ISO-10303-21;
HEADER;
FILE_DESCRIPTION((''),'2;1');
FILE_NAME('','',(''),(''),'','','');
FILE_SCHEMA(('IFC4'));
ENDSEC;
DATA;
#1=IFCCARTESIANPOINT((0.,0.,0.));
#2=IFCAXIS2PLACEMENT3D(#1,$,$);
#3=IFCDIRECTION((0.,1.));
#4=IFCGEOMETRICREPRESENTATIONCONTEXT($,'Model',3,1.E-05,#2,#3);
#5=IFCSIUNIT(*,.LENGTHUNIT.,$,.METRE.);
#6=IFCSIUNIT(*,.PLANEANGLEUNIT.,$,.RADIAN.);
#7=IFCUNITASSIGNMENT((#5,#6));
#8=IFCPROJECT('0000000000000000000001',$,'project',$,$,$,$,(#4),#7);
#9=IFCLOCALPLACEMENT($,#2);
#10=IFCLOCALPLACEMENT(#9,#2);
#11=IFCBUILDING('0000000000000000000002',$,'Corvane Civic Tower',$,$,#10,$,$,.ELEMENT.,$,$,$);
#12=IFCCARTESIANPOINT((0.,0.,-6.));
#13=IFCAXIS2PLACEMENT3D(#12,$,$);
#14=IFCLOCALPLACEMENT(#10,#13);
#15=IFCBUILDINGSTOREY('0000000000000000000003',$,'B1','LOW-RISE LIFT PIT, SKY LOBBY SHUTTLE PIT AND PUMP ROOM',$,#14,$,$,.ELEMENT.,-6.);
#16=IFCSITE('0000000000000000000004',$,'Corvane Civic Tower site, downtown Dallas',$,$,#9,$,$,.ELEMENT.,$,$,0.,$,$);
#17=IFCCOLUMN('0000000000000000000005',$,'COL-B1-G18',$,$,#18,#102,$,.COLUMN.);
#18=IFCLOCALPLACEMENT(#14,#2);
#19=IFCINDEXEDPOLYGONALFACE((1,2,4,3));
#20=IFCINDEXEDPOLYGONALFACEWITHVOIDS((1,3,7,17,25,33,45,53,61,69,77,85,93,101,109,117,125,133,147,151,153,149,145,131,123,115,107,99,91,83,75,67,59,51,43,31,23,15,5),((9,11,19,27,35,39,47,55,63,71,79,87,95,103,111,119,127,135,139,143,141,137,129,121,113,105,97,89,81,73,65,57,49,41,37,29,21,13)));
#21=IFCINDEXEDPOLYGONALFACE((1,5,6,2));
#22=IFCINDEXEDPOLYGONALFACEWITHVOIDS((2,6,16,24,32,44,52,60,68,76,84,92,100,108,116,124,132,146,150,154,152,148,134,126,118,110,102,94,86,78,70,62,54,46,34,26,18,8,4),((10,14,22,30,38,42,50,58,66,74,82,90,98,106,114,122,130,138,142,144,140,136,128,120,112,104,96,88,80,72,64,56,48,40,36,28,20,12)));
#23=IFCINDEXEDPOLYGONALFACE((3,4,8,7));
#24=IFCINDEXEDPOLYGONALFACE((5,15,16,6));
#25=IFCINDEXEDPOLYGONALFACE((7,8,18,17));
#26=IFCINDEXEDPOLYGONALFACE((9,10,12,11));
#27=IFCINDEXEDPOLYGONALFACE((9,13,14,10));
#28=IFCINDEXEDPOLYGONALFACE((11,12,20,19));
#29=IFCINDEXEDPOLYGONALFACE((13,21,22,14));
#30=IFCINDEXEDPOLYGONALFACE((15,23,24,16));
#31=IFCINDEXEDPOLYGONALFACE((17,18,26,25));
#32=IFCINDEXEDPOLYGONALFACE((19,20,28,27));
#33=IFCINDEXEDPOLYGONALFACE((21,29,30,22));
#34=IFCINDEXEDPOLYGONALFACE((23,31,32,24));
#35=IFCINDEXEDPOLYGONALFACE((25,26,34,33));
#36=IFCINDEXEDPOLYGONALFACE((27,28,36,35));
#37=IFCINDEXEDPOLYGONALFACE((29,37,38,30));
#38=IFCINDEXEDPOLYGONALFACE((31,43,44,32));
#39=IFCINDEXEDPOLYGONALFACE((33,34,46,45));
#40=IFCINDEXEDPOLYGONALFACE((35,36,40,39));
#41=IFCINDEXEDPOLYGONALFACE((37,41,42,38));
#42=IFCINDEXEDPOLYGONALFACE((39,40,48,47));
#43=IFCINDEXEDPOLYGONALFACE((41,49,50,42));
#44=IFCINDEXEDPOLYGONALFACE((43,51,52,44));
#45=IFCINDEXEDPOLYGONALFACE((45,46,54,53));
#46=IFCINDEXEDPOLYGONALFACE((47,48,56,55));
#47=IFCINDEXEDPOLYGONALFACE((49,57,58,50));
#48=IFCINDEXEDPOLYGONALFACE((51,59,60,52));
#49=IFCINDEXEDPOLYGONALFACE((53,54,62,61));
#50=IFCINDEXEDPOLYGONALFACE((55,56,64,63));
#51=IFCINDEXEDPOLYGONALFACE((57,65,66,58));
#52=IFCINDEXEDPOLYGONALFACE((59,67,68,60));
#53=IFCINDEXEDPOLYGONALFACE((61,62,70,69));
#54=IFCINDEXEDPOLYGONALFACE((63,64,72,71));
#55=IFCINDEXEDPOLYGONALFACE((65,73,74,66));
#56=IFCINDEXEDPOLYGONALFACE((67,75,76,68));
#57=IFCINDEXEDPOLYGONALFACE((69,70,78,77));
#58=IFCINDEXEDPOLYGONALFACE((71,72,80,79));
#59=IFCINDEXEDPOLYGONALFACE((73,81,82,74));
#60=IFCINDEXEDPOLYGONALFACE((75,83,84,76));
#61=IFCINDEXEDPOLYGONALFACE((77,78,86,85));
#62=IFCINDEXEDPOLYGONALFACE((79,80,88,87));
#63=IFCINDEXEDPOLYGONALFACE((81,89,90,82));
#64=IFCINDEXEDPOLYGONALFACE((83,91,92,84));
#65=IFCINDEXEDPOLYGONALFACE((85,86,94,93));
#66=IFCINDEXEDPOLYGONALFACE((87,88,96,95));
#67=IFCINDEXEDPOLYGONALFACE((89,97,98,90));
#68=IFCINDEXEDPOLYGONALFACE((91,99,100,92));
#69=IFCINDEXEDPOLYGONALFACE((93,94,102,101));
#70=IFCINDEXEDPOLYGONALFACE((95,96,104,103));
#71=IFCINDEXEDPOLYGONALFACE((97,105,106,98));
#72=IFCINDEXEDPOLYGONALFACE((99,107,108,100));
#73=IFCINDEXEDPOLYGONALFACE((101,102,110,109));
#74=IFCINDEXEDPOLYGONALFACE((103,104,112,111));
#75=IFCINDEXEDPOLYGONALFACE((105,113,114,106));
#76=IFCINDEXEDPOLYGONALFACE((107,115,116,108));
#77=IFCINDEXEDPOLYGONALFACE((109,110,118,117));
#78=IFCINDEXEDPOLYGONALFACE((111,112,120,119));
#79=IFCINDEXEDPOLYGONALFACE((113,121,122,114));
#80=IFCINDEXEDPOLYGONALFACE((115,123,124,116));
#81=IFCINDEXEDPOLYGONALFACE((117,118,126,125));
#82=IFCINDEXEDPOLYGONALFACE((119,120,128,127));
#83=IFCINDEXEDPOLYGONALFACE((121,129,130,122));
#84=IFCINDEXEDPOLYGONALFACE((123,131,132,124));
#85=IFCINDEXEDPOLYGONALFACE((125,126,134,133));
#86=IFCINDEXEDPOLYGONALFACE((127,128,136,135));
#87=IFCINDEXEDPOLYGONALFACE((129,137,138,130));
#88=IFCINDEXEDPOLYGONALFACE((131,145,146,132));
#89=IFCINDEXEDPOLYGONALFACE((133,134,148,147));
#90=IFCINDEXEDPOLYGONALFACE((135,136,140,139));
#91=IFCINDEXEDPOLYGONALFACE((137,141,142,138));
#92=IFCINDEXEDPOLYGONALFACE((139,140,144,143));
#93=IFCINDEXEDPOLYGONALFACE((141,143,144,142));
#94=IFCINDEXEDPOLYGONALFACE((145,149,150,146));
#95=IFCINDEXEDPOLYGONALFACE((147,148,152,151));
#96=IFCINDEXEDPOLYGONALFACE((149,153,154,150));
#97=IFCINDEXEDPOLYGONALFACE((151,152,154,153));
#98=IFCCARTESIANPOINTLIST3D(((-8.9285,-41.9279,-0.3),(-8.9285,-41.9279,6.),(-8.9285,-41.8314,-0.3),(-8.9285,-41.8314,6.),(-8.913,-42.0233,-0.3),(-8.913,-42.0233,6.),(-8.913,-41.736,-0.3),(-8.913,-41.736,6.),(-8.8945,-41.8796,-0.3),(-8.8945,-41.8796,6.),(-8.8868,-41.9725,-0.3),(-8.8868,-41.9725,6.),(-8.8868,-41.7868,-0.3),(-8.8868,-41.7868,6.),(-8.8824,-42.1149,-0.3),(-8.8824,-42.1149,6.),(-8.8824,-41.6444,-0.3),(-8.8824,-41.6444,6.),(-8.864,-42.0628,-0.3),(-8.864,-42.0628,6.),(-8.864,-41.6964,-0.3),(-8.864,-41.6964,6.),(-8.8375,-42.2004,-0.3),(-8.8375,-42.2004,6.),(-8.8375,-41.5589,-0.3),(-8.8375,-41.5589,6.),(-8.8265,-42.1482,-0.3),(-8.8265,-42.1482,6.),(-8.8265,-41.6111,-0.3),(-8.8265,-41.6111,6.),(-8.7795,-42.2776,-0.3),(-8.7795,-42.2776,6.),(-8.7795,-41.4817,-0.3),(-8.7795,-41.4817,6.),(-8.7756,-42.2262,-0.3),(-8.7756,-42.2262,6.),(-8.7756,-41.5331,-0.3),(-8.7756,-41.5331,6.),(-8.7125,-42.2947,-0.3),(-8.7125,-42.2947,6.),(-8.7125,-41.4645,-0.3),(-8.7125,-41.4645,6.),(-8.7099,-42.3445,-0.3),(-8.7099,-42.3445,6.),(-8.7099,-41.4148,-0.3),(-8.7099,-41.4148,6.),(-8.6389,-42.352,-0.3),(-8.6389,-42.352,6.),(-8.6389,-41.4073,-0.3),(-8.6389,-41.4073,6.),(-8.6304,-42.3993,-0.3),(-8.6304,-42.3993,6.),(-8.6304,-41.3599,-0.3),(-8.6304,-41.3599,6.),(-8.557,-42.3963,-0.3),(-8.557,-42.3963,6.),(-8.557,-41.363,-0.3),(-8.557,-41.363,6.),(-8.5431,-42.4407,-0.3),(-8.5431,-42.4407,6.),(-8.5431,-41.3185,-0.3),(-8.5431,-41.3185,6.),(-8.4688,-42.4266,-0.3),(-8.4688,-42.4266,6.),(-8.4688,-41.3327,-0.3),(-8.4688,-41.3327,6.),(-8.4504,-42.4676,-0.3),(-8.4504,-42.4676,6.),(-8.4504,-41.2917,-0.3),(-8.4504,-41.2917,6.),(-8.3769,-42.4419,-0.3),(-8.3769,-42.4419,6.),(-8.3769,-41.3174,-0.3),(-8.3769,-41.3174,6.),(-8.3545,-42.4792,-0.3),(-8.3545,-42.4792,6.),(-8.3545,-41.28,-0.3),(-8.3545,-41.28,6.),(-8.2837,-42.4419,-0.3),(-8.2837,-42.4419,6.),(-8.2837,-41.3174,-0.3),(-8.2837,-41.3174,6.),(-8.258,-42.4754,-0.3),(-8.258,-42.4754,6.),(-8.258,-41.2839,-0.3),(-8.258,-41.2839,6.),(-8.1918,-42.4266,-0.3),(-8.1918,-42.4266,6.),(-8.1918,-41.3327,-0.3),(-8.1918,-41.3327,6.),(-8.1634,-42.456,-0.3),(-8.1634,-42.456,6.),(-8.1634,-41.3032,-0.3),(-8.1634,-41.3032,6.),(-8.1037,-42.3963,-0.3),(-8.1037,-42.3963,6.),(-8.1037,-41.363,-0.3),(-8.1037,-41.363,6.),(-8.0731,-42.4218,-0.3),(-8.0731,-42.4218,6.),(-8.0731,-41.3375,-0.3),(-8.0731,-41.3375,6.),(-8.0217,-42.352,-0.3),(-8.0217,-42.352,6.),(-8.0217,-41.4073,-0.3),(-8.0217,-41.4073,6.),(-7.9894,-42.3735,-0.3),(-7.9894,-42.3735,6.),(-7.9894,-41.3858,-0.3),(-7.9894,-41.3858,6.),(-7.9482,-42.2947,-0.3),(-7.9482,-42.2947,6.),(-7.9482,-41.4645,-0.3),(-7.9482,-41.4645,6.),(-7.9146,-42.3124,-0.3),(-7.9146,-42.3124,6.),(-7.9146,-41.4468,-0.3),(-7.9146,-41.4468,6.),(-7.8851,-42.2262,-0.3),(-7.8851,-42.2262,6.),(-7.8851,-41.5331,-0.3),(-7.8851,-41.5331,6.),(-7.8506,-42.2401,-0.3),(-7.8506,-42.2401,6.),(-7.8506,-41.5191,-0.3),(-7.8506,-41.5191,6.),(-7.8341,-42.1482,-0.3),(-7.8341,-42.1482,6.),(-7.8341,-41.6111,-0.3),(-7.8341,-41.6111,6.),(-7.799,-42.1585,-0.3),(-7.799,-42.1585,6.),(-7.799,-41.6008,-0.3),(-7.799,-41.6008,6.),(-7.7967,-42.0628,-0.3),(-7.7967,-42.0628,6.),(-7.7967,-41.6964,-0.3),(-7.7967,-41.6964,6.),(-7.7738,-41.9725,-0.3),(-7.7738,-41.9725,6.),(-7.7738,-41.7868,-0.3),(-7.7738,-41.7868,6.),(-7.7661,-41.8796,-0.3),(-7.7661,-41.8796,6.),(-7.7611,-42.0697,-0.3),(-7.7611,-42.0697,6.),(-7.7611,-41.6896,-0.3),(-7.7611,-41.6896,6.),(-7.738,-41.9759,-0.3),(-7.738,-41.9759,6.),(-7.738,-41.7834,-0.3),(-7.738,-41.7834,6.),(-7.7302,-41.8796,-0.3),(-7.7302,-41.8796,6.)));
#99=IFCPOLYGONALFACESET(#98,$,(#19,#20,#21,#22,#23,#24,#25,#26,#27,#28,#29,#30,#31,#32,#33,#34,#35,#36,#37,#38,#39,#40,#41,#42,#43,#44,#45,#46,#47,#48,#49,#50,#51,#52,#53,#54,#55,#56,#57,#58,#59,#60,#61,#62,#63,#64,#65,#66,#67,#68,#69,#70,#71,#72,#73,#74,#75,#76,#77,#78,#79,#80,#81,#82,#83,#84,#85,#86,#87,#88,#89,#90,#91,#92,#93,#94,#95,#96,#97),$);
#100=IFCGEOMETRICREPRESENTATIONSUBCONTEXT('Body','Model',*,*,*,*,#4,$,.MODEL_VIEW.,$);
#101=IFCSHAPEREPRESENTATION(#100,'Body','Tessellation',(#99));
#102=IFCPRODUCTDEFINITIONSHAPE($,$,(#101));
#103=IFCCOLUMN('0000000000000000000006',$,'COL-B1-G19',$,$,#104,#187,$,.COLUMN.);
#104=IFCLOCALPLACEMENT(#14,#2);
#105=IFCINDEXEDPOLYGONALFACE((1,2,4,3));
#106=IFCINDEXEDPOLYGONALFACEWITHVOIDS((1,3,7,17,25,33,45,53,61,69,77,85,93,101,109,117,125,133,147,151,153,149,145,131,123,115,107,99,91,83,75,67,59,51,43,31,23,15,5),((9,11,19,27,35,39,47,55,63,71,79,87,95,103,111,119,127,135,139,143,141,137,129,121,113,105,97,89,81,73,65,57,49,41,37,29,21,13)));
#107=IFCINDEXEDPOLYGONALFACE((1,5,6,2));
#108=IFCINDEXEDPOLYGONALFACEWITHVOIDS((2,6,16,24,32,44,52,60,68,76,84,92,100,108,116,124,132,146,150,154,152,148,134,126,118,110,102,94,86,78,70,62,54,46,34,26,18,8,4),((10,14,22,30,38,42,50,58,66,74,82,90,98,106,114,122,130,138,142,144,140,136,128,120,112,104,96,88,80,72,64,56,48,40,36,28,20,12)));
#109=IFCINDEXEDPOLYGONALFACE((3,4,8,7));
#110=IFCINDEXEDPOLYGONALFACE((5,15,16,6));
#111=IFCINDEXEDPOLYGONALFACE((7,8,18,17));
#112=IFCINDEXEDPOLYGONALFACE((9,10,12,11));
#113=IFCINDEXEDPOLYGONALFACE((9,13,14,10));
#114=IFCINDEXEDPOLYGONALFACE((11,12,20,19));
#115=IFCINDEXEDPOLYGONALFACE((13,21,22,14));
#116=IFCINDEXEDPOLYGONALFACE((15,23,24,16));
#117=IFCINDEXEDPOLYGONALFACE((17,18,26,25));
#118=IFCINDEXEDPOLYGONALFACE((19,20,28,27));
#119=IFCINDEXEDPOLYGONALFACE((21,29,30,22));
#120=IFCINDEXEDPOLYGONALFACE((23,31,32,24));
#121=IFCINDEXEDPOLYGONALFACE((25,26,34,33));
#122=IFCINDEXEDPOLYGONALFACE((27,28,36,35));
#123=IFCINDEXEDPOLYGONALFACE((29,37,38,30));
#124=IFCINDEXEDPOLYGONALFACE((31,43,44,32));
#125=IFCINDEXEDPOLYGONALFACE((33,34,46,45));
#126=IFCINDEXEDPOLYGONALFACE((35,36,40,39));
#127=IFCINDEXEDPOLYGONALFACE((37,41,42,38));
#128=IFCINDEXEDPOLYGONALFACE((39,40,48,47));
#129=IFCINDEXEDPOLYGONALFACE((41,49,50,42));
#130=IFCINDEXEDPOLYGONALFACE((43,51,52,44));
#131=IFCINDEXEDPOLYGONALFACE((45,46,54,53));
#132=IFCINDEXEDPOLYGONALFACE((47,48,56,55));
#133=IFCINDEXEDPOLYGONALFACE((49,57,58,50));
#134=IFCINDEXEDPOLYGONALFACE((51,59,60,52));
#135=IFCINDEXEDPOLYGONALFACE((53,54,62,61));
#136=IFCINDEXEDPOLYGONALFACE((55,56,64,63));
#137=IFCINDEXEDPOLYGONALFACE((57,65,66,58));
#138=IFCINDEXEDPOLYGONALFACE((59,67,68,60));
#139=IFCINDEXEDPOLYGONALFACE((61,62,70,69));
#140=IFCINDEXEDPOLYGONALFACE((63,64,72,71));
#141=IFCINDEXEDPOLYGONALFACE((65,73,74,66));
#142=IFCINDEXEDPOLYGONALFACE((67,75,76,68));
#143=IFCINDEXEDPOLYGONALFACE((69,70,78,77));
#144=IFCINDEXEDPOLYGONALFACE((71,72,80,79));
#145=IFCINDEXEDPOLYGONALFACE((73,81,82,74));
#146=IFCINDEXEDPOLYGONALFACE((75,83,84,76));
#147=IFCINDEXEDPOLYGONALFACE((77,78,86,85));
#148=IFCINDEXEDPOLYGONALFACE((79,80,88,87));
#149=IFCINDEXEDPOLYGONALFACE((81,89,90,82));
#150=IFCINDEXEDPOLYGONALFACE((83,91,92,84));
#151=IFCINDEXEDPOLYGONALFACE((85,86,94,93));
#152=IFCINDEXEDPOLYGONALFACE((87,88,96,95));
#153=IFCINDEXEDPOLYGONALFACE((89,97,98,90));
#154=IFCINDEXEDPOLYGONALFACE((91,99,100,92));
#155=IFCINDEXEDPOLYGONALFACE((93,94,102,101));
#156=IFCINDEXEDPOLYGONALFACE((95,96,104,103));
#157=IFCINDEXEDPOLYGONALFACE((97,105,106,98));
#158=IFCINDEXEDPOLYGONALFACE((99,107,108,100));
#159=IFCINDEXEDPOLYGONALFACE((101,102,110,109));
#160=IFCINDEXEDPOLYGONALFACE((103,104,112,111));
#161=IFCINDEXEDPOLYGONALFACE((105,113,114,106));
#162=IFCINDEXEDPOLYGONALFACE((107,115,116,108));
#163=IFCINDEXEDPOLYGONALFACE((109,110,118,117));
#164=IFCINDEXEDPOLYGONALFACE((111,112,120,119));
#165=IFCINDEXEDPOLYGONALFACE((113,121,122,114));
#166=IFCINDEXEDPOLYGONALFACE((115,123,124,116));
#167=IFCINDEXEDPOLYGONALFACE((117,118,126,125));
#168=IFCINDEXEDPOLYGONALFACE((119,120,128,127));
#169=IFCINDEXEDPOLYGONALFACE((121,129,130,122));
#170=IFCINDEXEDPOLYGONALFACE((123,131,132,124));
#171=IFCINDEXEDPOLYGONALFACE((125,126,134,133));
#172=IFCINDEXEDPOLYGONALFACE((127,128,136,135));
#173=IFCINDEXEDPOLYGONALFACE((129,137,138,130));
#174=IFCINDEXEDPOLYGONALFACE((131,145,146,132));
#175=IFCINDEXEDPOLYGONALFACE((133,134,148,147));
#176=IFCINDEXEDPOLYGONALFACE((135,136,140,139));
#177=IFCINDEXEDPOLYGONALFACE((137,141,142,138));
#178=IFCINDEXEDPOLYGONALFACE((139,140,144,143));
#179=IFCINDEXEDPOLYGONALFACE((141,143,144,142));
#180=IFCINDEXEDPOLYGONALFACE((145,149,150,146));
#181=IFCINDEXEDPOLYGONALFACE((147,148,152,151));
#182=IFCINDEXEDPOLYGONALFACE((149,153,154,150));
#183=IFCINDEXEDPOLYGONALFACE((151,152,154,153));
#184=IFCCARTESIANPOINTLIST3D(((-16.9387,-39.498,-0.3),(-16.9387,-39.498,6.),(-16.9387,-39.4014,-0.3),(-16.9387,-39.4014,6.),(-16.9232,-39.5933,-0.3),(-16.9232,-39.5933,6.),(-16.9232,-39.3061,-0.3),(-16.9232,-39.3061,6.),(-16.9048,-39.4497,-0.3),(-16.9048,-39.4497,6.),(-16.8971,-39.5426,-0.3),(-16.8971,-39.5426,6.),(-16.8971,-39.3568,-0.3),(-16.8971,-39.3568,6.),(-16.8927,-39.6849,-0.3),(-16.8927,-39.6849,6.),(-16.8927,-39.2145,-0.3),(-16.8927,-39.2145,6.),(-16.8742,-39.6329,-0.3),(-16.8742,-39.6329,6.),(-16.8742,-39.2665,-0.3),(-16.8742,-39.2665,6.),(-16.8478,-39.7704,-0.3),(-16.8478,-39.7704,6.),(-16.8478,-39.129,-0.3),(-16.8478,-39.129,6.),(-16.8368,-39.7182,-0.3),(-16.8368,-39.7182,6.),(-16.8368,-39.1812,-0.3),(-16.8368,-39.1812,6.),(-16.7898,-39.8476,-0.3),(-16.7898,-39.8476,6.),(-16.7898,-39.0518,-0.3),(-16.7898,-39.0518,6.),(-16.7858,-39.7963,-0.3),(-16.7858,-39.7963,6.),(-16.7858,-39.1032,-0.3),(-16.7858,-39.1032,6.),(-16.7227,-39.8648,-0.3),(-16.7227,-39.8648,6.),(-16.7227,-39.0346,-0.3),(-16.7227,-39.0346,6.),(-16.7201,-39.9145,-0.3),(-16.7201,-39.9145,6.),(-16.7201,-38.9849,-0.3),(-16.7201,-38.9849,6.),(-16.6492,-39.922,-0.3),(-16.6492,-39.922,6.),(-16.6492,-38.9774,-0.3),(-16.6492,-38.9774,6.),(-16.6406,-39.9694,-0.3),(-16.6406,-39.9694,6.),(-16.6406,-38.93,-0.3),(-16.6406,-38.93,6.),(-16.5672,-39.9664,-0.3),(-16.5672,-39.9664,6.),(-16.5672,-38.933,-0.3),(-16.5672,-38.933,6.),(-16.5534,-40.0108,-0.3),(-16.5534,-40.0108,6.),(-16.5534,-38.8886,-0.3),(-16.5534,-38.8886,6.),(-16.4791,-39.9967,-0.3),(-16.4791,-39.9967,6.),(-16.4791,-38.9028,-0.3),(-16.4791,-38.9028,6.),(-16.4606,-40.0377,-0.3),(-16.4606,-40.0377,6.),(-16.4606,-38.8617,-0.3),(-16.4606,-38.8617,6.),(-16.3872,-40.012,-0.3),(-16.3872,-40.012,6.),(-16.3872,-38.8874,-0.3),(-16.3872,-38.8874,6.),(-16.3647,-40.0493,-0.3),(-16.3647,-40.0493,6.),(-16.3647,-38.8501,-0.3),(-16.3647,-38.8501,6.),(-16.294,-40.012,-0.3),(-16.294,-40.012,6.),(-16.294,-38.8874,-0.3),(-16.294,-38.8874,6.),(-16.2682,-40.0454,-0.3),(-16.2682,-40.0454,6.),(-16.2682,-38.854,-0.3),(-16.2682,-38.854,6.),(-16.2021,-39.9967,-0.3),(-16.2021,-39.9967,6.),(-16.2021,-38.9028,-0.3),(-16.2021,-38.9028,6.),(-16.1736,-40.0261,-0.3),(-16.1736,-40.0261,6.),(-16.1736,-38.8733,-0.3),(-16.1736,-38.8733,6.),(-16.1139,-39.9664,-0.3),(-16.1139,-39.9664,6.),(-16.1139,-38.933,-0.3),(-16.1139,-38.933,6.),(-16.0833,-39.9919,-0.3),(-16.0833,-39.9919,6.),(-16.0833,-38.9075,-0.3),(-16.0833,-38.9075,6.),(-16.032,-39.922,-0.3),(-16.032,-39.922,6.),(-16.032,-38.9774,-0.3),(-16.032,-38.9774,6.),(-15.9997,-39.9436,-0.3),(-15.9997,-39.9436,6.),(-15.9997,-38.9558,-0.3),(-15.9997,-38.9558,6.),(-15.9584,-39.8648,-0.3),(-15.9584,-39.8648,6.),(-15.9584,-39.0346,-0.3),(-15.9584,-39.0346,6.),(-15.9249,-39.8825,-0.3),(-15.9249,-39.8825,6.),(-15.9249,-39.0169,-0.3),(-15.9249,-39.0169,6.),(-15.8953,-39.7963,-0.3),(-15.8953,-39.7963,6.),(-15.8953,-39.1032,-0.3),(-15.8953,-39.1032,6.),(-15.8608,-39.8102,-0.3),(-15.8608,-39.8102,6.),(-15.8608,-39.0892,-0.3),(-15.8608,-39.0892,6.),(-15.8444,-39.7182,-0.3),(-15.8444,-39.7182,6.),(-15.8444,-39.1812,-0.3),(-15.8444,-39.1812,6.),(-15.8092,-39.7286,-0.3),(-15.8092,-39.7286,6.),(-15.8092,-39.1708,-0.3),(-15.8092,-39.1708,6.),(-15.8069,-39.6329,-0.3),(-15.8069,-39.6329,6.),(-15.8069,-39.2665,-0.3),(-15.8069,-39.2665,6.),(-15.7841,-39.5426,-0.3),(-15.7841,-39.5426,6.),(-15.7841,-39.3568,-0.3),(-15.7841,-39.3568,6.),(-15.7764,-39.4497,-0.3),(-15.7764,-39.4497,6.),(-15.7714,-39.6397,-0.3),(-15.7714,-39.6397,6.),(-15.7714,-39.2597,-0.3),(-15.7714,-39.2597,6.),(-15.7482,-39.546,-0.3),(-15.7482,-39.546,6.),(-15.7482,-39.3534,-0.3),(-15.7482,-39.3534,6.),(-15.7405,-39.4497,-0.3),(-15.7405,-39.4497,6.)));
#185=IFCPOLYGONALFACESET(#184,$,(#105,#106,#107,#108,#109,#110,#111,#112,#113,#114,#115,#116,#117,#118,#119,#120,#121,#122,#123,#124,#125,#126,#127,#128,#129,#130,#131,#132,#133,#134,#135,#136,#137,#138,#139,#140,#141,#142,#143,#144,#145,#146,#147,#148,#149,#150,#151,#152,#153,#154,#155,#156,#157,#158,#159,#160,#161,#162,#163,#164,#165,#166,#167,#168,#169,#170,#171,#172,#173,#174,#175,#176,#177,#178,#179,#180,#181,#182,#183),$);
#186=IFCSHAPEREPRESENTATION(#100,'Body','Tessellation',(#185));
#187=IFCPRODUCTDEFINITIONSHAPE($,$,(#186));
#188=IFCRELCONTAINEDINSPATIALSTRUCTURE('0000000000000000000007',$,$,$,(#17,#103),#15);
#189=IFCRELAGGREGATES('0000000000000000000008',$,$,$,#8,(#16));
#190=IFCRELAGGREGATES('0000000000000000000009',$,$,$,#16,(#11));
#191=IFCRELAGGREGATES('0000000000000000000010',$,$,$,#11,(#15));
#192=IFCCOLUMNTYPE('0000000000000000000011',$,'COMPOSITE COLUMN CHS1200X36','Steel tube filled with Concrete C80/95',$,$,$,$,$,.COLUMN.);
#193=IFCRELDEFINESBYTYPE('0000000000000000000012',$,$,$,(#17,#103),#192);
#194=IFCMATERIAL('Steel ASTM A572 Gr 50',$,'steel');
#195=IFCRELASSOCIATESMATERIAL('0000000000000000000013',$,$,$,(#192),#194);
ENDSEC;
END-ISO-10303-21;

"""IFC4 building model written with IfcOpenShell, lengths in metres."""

from ifc_helpers import new_model, si_unit, direction, frame, origin, origin_2d, place, context, subcontext, project, spatial, hollow_circle, extrude, material, material_profile, profile_set, type_object, element, save


model = new_model("IFC4")

# Units and contexts
model_context = context("Model", 3, precision=1e-05, world=origin(), true_north=direction((0.0, 1.0)))
body_context = subcontext(model_context, "Body", "Model", "MODEL_VIEW")
ifc_project = project(units=[si_unit("LENGTHUNIT", "METRE"), si_unit("PLANEANGLEUNIT", "RADIAN")], contexts=[model_context])

# Site, building, storey
site_placement = place(None, origin())
site = spatial("IfcSite", under=ifc_project, at=site_placement, Name="Corvane Civic Tower site, downtown Dallas", CompositionType="ELEMENT", RefElevation=0.0)
building_placement = place(site_placement, origin())
building = spatial("IfcBuilding", under=site, at=building_placement, Name="Corvane Civic Tower", CompositionType="ELEMENT")
storey_placement = place(building_placement, frame((0.0, 0.0, -6.0)))
storey = spatial("IfcBuildingStorey", under=building, at=storey_placement, Name="B1", Description="LOW-RISE LIFT PIT, SKY LOBBY SHUTTLE PIT AND PUMP ROOM", CompositionType="ELEMENT", Elevation=-6.0)

# Columns
ifc_material_1 = material(Name="Steel ASTM A572 Gr 50", Category="steel")
ifc_material_profile_1 = material_profile(ifc_material_1, hollow_circle(Radius=0.6001, WallThickness=0.0359, at=origin_2d()), Name="CHS1200X36")
ifc_profile_set_1 = profile_set([ifc_material_profile_1], Name="Steel ASTM A572 Gr 50")
column_type_1 = type_object("IfcColumnType", Name="COMPOSITE COLUMN CHS1200X36", Description="Steel tube filled with Concrete C80/95", PredefinedType="COLUMN", material=ifc_profile_set_1)
for number, where, z_axis, x_axis, name in (
    (1, (-8.3303, -41.8796, -0.3), (0.0, 0.0, 1.0), (1.0, 0.0, 0.0), "COL-B1-G18"),
    (2, (-16.3406, -39.4497, -0.3), (0.0, 0.0, 1.0), (1.0, 0.0, 0.0), "COL-B1-G19"),
):
    element("IfcColumn", number, at=place(storey_placement, frame(where, z_axis=z_axis, x_axis=x_axis)), inside=storey, type_object=column_type_1, Name=name, PredefinedType="COLUMN", context=body_context, shape_type="SweptSolid", body=[
        extrude(hollow_circle(Radius=0.6001, WallThickness=0.0359, at=origin_2d()), origin(), (0.0, 0.0, 1.0), 6.3),
    ])

save(model, "model.ifc")
